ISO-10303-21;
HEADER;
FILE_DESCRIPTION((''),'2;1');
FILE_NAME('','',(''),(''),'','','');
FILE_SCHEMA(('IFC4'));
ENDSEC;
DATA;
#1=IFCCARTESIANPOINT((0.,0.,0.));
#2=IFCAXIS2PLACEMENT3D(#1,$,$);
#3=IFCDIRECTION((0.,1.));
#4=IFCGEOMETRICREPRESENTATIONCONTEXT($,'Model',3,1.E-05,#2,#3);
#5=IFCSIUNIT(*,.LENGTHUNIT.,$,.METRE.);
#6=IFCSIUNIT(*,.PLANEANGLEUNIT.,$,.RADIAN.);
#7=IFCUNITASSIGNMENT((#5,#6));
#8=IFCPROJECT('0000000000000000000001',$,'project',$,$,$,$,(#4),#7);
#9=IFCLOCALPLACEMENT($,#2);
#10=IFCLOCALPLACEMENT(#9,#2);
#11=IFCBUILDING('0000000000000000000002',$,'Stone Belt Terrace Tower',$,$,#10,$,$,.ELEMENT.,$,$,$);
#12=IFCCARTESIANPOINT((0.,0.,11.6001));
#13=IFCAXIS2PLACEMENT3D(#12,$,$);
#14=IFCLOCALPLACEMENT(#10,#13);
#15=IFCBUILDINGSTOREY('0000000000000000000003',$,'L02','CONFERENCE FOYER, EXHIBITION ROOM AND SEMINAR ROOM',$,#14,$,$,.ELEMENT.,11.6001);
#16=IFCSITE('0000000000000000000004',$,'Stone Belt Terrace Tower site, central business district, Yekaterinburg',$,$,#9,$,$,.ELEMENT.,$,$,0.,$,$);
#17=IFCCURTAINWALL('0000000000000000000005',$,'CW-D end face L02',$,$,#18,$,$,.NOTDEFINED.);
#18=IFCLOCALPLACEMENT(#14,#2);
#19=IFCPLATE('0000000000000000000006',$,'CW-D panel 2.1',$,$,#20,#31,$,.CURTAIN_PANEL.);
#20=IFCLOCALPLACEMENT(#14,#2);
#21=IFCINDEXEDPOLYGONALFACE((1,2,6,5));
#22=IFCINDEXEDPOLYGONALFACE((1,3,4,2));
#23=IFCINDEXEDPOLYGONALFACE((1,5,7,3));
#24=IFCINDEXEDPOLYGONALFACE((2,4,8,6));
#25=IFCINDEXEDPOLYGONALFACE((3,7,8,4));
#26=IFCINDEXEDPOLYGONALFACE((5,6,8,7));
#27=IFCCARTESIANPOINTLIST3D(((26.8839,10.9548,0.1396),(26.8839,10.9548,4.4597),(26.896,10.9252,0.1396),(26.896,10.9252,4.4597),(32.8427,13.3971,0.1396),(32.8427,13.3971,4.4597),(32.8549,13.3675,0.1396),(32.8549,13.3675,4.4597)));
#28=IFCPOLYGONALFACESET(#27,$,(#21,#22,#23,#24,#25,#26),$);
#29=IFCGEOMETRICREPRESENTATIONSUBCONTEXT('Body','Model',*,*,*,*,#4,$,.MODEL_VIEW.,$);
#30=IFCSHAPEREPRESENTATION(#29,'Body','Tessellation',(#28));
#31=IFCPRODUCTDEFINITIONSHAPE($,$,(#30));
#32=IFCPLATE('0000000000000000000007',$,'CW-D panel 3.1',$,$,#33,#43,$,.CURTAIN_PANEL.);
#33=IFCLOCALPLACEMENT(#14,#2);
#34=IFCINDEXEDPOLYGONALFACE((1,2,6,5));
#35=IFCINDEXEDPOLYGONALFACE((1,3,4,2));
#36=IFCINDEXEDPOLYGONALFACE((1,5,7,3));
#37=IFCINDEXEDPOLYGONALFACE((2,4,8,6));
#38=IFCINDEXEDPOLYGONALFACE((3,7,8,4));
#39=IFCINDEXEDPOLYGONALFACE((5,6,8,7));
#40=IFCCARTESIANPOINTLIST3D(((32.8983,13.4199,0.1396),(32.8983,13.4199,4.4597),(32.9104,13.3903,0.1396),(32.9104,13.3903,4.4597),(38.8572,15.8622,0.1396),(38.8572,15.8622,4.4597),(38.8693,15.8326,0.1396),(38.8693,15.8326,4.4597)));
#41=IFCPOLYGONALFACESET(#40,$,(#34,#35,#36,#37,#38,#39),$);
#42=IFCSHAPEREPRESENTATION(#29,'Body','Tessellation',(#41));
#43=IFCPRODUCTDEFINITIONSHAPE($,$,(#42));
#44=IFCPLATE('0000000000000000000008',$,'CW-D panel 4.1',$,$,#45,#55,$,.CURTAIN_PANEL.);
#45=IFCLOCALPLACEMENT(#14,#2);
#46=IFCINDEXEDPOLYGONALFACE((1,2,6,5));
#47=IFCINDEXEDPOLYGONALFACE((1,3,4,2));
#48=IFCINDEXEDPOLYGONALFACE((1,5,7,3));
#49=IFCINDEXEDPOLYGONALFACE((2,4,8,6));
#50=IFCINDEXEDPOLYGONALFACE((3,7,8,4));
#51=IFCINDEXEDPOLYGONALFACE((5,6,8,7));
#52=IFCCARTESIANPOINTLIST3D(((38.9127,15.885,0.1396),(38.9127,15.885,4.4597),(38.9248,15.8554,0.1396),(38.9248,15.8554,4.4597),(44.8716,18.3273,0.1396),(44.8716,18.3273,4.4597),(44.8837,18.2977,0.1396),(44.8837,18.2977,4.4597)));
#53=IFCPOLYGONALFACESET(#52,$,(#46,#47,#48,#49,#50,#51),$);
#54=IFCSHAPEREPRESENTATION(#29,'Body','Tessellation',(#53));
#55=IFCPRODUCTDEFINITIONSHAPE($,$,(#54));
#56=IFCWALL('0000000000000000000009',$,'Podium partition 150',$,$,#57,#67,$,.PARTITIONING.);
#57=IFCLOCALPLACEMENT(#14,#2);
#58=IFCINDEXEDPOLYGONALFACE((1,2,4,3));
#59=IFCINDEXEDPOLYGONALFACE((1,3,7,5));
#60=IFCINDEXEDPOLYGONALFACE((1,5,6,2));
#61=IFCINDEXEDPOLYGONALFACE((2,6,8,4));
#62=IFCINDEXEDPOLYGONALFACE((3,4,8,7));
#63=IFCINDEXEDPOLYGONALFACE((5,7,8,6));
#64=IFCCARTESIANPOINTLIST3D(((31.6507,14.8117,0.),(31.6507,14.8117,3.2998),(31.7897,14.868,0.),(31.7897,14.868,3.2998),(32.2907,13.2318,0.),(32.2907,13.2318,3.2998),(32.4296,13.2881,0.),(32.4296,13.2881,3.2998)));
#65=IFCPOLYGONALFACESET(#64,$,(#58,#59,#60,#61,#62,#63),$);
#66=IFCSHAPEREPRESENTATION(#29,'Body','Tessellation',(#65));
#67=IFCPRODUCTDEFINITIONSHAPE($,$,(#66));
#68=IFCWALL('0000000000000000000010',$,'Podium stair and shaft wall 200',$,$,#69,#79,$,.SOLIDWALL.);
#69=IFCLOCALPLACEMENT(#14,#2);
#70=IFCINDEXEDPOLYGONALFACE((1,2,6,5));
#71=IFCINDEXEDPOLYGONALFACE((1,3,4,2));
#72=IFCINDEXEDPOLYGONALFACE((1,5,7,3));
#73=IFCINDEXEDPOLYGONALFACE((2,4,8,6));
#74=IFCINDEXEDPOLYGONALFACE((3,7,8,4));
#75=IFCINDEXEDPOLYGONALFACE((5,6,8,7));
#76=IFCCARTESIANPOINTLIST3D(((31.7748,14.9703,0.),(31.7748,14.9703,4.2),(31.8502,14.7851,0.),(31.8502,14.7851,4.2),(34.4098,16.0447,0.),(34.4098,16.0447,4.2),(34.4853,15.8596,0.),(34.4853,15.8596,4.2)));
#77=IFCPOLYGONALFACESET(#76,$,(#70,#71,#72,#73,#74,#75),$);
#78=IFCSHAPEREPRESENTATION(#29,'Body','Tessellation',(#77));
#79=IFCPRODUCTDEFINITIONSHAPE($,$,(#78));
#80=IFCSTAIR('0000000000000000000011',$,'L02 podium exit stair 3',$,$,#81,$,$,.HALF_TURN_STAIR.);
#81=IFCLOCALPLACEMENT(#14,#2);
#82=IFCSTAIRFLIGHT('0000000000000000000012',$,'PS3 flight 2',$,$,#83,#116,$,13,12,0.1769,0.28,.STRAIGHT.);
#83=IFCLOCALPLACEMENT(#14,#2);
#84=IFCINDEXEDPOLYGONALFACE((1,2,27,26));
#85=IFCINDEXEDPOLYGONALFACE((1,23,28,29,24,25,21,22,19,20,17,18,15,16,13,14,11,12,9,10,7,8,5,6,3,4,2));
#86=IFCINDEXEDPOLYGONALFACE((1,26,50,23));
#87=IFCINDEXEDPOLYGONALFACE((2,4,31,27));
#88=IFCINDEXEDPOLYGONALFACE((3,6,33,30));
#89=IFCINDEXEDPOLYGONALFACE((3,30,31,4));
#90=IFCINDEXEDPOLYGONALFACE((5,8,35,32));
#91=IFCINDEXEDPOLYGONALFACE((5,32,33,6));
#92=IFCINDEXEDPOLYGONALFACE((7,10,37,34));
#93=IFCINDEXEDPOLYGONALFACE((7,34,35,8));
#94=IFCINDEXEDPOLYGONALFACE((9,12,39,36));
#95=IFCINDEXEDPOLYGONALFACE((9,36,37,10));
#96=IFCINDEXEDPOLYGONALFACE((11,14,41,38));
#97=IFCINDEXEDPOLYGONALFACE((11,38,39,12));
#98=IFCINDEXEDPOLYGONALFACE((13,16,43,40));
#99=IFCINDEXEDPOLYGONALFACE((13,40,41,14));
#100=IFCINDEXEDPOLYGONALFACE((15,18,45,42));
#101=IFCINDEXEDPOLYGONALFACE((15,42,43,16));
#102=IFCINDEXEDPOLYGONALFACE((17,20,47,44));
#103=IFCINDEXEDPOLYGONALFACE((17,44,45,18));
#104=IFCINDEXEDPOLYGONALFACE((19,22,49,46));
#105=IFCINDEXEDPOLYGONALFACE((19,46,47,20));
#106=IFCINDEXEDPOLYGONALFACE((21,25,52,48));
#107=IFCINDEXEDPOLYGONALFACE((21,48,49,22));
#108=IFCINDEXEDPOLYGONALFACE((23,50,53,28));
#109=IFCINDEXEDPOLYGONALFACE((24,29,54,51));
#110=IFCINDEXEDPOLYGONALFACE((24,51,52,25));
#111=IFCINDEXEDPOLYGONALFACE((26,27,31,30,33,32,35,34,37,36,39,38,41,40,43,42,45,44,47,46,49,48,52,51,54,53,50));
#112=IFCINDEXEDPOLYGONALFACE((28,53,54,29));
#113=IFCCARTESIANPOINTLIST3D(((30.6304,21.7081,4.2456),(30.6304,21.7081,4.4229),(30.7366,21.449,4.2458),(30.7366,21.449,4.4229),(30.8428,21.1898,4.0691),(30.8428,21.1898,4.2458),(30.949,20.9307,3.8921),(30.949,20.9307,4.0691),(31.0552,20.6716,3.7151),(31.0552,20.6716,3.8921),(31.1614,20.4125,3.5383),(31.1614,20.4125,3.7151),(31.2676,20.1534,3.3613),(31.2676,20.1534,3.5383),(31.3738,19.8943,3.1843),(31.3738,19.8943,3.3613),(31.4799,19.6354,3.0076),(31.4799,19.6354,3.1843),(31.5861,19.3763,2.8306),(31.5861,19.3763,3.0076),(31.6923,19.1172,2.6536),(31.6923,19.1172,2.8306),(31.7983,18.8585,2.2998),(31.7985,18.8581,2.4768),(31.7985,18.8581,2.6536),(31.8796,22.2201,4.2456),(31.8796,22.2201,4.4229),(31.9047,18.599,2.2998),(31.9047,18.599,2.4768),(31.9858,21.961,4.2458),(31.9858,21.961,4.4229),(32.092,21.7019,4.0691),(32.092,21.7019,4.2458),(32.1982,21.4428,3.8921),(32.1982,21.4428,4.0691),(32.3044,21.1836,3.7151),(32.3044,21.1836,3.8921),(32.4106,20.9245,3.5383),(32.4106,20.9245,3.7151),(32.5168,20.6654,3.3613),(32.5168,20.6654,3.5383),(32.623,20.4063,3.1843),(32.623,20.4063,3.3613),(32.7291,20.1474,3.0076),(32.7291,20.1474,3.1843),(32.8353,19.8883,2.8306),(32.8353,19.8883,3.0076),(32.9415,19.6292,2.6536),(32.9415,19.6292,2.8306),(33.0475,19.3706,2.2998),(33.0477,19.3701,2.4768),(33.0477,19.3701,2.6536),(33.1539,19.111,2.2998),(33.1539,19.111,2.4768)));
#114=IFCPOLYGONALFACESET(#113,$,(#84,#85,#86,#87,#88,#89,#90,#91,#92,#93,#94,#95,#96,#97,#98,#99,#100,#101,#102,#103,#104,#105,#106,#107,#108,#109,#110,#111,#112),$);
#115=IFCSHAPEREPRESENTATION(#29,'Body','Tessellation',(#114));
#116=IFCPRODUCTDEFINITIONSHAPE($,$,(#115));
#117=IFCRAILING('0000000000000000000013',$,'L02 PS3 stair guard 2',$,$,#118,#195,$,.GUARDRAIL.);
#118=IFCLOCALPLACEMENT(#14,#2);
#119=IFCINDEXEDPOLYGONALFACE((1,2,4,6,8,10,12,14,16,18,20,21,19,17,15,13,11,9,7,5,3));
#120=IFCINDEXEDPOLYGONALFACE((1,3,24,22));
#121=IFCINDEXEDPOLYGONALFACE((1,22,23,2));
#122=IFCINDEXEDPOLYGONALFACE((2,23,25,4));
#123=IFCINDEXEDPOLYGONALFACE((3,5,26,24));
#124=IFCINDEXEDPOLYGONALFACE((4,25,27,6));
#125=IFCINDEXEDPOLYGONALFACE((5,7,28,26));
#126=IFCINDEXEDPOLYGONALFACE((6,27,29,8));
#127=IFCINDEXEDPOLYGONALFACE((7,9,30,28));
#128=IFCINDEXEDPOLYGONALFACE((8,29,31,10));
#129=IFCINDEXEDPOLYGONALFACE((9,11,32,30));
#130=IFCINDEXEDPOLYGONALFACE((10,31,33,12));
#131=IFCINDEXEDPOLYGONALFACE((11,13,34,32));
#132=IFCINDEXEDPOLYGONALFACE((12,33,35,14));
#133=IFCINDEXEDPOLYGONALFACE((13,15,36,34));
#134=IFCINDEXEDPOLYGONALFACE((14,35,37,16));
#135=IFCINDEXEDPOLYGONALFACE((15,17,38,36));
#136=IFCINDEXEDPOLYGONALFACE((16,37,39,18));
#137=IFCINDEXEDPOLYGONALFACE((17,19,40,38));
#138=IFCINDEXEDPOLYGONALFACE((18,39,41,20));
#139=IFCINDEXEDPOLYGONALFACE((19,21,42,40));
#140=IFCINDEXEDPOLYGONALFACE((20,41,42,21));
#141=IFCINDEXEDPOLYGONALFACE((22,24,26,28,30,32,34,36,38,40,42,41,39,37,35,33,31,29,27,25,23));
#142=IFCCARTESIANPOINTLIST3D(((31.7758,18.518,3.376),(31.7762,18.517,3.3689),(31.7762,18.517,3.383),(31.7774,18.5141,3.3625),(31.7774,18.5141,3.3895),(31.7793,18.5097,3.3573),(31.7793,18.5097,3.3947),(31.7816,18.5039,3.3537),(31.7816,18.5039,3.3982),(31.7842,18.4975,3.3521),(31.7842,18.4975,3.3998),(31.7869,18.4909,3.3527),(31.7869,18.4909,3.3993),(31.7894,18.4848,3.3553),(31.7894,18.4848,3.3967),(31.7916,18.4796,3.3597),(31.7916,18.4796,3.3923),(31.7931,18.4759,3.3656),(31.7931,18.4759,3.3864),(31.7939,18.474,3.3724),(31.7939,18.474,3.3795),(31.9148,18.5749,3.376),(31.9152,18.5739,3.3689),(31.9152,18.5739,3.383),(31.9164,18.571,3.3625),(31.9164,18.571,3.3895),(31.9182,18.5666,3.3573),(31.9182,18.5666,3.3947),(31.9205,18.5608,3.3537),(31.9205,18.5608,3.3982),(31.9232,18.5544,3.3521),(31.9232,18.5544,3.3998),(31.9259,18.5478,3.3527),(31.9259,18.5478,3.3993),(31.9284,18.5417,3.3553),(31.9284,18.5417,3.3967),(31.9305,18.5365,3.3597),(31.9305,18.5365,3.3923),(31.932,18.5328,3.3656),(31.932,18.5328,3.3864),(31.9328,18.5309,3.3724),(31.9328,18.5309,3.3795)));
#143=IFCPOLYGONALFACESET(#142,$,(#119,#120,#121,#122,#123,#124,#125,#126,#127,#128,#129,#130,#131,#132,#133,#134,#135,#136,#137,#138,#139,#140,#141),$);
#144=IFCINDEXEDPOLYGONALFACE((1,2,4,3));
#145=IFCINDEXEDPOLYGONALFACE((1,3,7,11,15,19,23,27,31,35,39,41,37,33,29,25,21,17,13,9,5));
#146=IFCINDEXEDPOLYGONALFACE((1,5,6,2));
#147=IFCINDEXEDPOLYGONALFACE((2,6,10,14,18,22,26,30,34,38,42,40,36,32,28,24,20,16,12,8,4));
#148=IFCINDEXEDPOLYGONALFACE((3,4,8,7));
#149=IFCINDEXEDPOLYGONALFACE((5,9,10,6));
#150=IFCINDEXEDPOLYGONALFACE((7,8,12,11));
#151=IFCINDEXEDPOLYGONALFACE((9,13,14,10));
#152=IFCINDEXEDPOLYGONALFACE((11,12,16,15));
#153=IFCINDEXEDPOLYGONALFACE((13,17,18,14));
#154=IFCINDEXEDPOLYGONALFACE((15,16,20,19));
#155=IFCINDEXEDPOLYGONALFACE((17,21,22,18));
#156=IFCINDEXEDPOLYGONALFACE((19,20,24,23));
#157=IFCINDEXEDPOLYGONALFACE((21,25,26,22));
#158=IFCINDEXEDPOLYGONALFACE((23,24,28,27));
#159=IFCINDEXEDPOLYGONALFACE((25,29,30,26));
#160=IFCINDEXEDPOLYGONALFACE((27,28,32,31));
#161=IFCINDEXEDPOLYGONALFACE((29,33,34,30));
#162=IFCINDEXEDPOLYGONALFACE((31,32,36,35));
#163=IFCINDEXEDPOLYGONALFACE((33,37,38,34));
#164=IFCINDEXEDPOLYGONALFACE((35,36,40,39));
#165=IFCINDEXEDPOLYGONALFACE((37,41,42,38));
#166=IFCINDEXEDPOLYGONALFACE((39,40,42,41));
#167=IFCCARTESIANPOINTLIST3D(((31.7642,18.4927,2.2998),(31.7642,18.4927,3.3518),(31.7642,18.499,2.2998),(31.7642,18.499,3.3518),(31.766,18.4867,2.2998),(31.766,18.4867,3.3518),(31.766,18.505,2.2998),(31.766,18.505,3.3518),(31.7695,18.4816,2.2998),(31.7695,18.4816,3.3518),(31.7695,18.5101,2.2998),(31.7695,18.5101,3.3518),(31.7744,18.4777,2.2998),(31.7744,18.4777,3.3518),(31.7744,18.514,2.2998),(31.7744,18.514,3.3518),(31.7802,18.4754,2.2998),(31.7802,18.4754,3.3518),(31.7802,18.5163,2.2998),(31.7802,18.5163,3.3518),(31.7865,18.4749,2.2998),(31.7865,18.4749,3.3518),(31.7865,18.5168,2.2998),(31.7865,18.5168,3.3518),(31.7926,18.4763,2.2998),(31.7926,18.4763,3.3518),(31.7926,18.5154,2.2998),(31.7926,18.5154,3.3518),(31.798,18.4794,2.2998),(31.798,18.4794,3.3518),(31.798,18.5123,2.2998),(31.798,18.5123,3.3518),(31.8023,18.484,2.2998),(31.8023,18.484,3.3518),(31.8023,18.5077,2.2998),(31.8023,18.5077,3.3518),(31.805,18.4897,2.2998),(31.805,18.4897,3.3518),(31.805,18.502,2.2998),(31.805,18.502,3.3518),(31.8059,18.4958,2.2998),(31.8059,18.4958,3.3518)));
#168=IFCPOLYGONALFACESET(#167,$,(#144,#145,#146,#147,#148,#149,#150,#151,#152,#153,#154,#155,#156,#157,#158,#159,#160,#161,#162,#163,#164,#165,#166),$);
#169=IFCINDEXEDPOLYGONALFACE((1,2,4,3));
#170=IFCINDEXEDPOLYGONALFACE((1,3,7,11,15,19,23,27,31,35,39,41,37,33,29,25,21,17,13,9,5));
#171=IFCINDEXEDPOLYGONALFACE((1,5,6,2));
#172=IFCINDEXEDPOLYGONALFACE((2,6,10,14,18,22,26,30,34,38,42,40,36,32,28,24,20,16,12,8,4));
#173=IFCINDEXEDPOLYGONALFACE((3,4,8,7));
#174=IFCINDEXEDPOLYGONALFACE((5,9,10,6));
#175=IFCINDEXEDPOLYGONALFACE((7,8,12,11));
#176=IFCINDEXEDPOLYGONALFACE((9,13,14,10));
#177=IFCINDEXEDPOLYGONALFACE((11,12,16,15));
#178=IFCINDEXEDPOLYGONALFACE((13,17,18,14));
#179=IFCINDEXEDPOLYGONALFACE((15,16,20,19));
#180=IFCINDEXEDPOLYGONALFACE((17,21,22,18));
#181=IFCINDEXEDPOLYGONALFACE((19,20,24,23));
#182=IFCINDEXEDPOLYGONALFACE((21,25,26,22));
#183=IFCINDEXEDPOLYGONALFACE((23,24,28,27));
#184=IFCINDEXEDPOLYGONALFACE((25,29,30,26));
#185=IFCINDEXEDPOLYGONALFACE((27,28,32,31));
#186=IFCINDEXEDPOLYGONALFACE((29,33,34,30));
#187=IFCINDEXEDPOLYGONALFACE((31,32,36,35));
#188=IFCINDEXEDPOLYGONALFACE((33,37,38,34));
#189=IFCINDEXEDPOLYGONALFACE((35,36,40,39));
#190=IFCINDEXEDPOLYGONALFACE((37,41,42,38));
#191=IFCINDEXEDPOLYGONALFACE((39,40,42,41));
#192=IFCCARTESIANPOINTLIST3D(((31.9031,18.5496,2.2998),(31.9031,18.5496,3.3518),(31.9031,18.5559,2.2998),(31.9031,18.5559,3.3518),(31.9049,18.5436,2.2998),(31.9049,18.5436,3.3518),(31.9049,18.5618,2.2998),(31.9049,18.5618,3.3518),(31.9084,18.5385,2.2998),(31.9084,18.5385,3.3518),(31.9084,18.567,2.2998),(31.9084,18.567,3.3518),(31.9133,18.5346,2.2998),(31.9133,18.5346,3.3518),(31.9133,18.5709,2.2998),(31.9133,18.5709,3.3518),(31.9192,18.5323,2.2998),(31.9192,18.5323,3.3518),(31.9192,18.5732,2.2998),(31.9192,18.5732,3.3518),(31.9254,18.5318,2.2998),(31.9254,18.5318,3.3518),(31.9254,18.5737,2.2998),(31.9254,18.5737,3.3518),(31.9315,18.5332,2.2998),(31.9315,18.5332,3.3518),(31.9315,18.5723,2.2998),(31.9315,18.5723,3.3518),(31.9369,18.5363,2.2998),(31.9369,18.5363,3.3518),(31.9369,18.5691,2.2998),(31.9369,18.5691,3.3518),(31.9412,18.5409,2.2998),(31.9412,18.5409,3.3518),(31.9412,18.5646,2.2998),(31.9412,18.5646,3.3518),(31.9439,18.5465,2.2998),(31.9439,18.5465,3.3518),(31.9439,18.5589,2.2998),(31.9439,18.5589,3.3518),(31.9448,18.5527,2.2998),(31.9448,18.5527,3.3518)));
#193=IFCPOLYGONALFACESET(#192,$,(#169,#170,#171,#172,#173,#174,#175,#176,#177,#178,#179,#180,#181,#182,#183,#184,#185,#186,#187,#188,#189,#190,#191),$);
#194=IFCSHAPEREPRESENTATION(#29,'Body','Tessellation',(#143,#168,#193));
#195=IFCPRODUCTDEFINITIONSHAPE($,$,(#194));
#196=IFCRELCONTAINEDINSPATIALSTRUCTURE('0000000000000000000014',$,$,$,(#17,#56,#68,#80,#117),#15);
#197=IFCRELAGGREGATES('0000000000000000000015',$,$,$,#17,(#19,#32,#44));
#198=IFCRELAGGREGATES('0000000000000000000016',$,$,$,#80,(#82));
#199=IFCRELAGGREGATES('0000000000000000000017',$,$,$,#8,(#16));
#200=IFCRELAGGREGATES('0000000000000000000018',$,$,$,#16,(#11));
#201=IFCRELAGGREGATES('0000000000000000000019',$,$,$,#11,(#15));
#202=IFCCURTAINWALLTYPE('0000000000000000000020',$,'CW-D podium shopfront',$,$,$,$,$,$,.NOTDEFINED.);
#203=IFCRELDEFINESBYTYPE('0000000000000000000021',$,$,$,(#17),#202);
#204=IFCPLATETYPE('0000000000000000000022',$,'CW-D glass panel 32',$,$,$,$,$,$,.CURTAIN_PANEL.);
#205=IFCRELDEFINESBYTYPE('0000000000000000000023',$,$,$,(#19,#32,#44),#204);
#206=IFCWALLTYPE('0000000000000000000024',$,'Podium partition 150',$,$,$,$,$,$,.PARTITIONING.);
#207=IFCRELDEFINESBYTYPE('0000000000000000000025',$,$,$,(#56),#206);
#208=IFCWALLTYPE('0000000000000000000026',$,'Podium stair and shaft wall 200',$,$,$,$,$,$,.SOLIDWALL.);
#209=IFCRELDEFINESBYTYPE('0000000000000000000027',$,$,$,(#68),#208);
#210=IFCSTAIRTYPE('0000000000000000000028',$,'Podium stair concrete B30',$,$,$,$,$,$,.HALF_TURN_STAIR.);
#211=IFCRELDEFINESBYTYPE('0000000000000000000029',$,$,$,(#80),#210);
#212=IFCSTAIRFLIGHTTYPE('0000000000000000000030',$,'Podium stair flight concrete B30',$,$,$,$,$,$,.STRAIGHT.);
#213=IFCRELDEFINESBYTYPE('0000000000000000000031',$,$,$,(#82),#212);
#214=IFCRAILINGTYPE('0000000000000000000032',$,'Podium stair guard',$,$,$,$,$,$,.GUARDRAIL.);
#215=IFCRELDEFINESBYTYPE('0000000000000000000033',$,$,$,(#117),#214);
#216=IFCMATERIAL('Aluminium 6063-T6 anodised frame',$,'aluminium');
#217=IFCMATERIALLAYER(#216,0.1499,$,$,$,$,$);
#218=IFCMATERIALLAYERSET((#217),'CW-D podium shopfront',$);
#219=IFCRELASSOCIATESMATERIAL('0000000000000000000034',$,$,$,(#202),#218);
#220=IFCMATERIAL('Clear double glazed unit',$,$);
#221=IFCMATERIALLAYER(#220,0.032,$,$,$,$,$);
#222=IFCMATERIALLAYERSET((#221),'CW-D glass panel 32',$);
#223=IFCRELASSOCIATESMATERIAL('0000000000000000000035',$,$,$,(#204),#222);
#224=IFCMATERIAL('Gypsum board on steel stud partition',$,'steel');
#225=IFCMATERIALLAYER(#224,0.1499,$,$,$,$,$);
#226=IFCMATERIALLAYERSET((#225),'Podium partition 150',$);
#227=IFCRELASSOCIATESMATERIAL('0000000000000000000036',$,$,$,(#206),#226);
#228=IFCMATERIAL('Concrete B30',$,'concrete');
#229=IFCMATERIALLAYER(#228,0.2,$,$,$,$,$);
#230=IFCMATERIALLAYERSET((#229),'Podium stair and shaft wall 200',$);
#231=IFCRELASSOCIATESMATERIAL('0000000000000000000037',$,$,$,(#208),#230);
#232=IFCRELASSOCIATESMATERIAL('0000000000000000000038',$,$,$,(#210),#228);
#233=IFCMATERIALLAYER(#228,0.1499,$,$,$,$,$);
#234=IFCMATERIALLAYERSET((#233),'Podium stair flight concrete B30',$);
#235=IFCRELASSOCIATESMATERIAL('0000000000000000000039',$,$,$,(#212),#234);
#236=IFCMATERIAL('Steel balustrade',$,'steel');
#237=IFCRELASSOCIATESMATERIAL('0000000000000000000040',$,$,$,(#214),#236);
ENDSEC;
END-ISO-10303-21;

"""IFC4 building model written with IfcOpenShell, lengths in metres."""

from ifc_helpers import new_model, si_unit, direction, frame, frame_2d, origin, origin_2d, place, context, subcontext, project, spatial, polyline, rectangle, circle, outline, extrude, material, layer, layer_set, type_object, element, aggregate, save


model = new_model("IFC4")

# Units and contexts
model_context = context("Model", 3, precision=1e-05, world=origin(), true_north=direction((0.0, 1.0)))
body_context = subcontext(model_context, "Body", "Model", "MODEL_VIEW")
ifc_project = project(units=[si_unit("LENGTHUNIT", "METRE"), si_unit("PLANEANGLEUNIT", "RADIAN")], contexts=[model_context])

# Site, building, storey
site_placement = place(None, origin())
site = spatial("IfcSite", under=ifc_project, at=site_placement, Name="Stone Belt Terrace Tower site, central business district, Yekaterinburg", CompositionType="ELEMENT", RefElevation=0.0)
building_placement = place(site_placement, origin())
building = spatial("IfcBuilding", under=site, at=building_placement, Name="Stone Belt Terrace Tower", CompositionType="ELEMENT")
storey_placement = place(building_placement, frame((0.0, 0.0, 11.6001)))
storey = spatial("IfcBuildingStorey", under=building, at=storey_placement, Name="L02", Description="CONFERENCE FOYER, EXHIBITION ROOM AND SEMINAR ROOM", CompositionType="ELEMENT", Elevation=11.6001)

# Curtain wall
ifc_material_1 = material(Name="Aluminium 6063-T6 anodised frame", Category="aluminium")
ifc_layer_1 = layer(ifc_material_1, 0.1499)
ifc_layer_set_1 = layer_set([ifc_layer_1], Name="CW-D podium shopfront")
curtain_wall_type = type_object("IfcCurtainWallType", Name="CW-D podium shopfront", PredefinedType="NOTDEFINED", material=ifc_layer_set_1)
curtain_wall_placement = place(storey_placement, origin())
curtain_wall = element("IfcCurtainWall", 1, at=curtain_wall_placement, inside=storey, type_object=curtain_wall_type, Name="CW-D end face L02", PredefinedType="NOTDEFINED")

# Plates
ifc_material_2 = material(Name="Clear double glazed unit")
ifc_layer_2 = layer(ifc_material_2, 0.032)
ifc_layer_set_2 = layer_set([ifc_layer_2], Name="CW-D glass panel 32")
plate_type = type_object("IfcPlateType", Name="CW-D glass panel 32", PredefinedType="CURTAIN_PANEL", material=ifc_layer_set_2)
plate_1_placement = place(storey_placement, frame((29.8694, 12.1611, 0.1396), z_axis=(0.0, 0.0, 1.0), x_axis=(0.925297, 0.379243, 0.0)))
plate_1 = element("IfcPlate", 2, at=plate_1_placement, type_object=plate_type, Name="CW-D panel 2.1", PredefinedType="CURTAIN_PANEL", context=body_context, shape_type="SweptSolid", body=[
    extrude(rectangle(XDim=6.4399, YDim=0.032, at=origin_2d()), origin(), (0.0, 0.0, 1.0), 4.3201),
])
plate_2_placement = place(storey_placement, frame((35.8838, 14.6262, 0.1396), z_axis=(0.0, 0.0, 1.0), x_axis=(0.925297, 0.379243, 0.0)))
plate_2 = element("IfcPlate", 3, at=plate_2_placement, type_object=plate_type, Name="CW-D panel 3.1", PredefinedType="CURTAIN_PANEL", context=body_context, shape_type="SweptSolid", body=[
    extrude(rectangle(XDim=6.4399, YDim=0.032, at=origin_2d()), origin(), (0.0, 0.0, 1.0), 4.3201),
])
plate_3_placement = place(storey_placement, frame((41.8982, 17.0913, 0.1396), z_axis=(0.0, 0.0, 1.0), x_axis=(0.925297, 0.379243, 0.0)))
plate_3 = element("IfcPlate", 4, at=plate_3_placement, type_object=plate_type, Name="CW-D panel 4.1", PredefinedType="CURTAIN_PANEL", context=body_context, shape_type="SweptSolid", body=[
    extrude(rectangle(XDim=6.4399, YDim=0.032, at=origin_2d()), origin(), (0.0, 0.0, 1.0), 4.3201),
])
aggregate(curtain_wall, [plate_1, plate_2, plate_3])

# Walls
ifc_material_3 = material(Name="Gypsum board on steel stud partition", Category="steel")
ifc_layer_3 = layer(ifc_material_3, 0.1499)
ifc_layer_set_3 = layer_set([ifc_layer_3], Name="Podium partition 150")
wall_type_1 = type_object("IfcWallType", Name="Podium partition 150", PredefinedType="PARTITIONING", material=ifc_layer_set_3)
wall_1_placement = place(storey_placement, frame((31.7202, 14.8398, 0.0), z_axis=(0.0, 0.0, 1.0), x_axis=(0.375413, -0.926858, 0.0)))
element("IfcWall", 5, at=wall_1_placement, inside=storey, type_object=wall_type_1, Name="Podium partition 150", PredefinedType="PARTITIONING", context=body_context, shape_type="SweptSolid", body=[
    extrude(rectangle(XDim=1.7046, YDim=0.1499, at=frame_2d((0.8523, 0.0))), origin(), (0.0, 0.0, 1.0), 3.2998),
])
ifc_material_4 = material(Name="Concrete B30", Category="concrete")
ifc_layer_4 = layer(ifc_material_4, 0.2)
ifc_layer_set_4 = layer_set([ifc_layer_4], Name="Podium stair and shaft wall 200")
wall_type_2 = type_object("IfcWallType", Name="Podium stair and shaft wall 200", PredefinedType="SOLIDWALL", material=ifc_layer_set_4)
wall_2_placement = place(storey_placement, frame((31.8125, 14.8777, 0.0), z_axis=(0.0, 0.0, 1.0), x_axis=(0.925977, 0.37758, 0.0)))
element("IfcWall", 6, at=wall_2_placement, inside=storey, type_object=wall_type_2, Name="Podium stair and shaft wall 200", PredefinedType="SOLIDWALL", context=body_context, shape_type="SweptSolid", body=[
    extrude(rectangle(XDim=2.8457, YDim=0.2, at=frame_2d((1.4229, 0.0))), origin(), (0.0, 0.0, 1.0), 4.2),
])

# Stair, stair flight
stair_type = type_object("IfcStairType", Name="Podium stair concrete B30", PredefinedType="HALF_TURN_STAIR", material=ifc_material_4)
stair_placement = place(storey_placement, origin())
stair = element("IfcStair", 7, at=stair_placement, inside=storey, type_object=stair_type, Name="L02 podium exit stair 3", PredefinedType="HALF_TURN_STAIR")
ifc_layer_5 = layer(ifc_material_4, 0.1499)
ifc_layer_set_5 = layer_set([ifc_layer_5], Name="Podium stair flight concrete B30")
stair_flight_type = type_object("IfcStairFlightType", Name="Podium stair flight concrete B30", PredefinedType="STRAIGHT", material=ifc_layer_set_5)
stair_flight_placement = place(storey_placement, frame((32.5293, 18.855, 2.2998), z_axis=(0.0, 0.0, 1.0), x_axis=(-0.379243, 0.925297, 0.0)))
stair_flight = element("IfcStairFlight", 8, at=stair_flight_placement, type_object=stair_flight_type, Name="PS3 flight 2", NumberOfRisers=13, NumberOfTreads=12, PredefinedType="STRAIGHT", RiserHeight=0.1769, TreadLength=0.28, context=body_context, shape_type="SweptSolid", body=[
    extrude(outline(polyline([(0.0, 0.0), (0.0, 0.177), (0.28, 0.177), (0.28, 0.3538), (0.5601, 0.3538), (0.5601, 0.5308), (0.8401, 0.5308), (0.8401, 0.7078), (1.1201, 0.7078), (1.1201, 0.8845), (1.3999, 0.8845), (1.3999, 1.0615), (1.6799, 1.0615), (1.6799, 1.2385), (1.96, 1.2385), (1.96, 1.4153), (2.24, 1.4153), (2.24, 1.5923), (2.52, 1.5923), (2.52, 1.7693), (2.8, 1.7693), (2.8, 1.946), (3.0801, 1.946), (3.0801, 2.123), (3.3601, 2.123), (3.3601, 2.3), (3.3601, 1.9458), (0.2805, 0.0), (0.0, 0.0)])), frame((0.0, 0.675, 0.0), z_axis=(0.0, -1.0, 0.0), x_axis=(1.0, 0.0, 0.0)), (0.0, 0.0, 1.0), 1.3501),
])
aggregate(stair, [stair_flight])

# Railing
ifc_material_5 = material(Name="Steel balustrade", Category="steel")
railing_type = type_object("IfcRailingType", Name="Podium stair guard", PredefinedType="GUARDRAIL", material=ifc_material_5)
railing_1_placement = place(storey_placement, frame((31.7849, 18.4958, 2.2998)))
element("IfcRailing", 9, at=railing_1_placement, inside=storey, type_object=railing_type, Name="L02 PS3 stair guard 2", PredefinedType="GUARDRAIL", context=body_context, shape_type="SweptSolid", body=[
    extrude(circle(Radius=0.0239, at=origin_2d()), frame((0.0, 0.0, 1.0762), z_axis=(0.925417, 0.378949, 0.0), x_axis=(-0.378949, 0.925417, 0.0)), (0.0, 0.0, 1.0), 0.1501),
    extrude(circle(Radius=0.021, at=origin_2d()), origin(), (0.0, 0.0, 1.0), 1.052),
    extrude(circle(Radius=0.021, at=origin_2d()), frame((0.1389, 0.0569, 0.0)), (0.0, 0.0, 1.0), 1.052),
])

save(model, "model.ifc")
